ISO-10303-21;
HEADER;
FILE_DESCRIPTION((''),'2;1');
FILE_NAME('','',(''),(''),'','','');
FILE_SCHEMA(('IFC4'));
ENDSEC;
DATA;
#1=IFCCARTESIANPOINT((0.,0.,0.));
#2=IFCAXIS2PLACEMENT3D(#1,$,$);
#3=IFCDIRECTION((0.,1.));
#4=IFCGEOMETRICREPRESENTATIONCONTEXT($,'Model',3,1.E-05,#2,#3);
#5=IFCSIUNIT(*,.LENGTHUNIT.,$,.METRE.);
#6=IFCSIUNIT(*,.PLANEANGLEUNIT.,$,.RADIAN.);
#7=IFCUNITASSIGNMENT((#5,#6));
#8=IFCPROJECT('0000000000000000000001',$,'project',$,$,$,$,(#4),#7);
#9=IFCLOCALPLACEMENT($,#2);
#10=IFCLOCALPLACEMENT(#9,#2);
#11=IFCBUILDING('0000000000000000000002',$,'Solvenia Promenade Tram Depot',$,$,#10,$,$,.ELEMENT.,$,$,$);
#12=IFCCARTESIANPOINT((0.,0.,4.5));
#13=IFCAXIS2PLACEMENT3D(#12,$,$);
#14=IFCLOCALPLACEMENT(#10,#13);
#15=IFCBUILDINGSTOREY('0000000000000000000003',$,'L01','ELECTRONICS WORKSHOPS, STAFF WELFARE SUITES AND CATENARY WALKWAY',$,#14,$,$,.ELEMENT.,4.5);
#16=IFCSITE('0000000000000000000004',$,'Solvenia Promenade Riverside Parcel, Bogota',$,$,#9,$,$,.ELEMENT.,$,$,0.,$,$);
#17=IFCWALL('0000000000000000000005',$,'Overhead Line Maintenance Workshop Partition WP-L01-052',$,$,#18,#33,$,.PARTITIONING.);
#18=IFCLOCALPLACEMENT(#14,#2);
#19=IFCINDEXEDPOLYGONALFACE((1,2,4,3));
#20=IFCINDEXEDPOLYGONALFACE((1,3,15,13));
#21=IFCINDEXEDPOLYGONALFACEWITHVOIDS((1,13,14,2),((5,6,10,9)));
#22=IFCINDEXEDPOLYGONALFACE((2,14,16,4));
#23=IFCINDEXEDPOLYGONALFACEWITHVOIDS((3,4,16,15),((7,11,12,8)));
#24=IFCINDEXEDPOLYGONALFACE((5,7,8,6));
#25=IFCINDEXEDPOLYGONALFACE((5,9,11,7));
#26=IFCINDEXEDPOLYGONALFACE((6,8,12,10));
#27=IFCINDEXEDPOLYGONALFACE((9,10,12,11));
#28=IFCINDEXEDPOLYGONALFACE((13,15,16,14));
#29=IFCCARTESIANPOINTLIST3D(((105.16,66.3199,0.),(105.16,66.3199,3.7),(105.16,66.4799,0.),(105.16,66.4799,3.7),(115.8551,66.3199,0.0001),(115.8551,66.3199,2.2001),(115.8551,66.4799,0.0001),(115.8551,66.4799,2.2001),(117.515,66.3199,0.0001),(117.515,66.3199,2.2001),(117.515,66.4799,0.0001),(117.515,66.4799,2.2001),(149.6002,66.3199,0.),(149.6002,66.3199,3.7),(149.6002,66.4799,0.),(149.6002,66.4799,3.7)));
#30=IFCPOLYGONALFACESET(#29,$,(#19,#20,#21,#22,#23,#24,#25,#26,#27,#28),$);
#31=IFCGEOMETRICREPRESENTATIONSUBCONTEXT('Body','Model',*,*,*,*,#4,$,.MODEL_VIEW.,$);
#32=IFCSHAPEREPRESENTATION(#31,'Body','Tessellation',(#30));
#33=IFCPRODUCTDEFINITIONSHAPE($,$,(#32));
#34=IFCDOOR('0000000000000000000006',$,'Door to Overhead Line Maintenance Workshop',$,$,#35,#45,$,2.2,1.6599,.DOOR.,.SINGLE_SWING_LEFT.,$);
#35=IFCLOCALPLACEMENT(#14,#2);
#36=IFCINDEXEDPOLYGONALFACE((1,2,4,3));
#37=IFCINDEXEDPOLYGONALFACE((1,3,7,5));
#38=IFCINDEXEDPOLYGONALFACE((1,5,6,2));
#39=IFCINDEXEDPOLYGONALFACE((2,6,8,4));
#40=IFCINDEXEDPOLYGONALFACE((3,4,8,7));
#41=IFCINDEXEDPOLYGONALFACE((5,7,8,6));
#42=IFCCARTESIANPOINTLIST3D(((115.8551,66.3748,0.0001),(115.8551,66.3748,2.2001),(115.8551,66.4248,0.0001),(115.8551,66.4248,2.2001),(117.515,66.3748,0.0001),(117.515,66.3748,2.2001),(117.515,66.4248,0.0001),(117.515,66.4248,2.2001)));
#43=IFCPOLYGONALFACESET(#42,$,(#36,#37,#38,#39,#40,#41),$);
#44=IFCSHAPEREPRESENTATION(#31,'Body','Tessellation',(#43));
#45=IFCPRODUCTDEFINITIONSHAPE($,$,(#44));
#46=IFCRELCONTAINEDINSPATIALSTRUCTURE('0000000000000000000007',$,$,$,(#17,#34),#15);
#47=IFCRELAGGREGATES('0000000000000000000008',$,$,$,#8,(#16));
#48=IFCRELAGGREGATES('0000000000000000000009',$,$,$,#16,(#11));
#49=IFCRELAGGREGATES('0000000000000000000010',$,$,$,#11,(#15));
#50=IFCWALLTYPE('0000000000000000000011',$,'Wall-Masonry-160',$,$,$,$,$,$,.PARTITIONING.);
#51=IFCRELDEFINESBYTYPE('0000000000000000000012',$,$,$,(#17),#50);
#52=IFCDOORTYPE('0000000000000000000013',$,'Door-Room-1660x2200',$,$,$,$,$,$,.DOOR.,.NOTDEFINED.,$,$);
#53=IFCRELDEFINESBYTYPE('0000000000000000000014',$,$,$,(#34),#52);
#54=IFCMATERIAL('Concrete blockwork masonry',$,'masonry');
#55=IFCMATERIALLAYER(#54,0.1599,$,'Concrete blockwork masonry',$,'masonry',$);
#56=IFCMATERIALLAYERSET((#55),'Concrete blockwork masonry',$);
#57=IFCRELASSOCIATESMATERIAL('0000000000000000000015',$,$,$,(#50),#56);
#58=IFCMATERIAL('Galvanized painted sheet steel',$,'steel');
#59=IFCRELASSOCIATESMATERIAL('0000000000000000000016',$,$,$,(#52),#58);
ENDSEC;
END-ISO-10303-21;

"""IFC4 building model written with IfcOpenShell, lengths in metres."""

from ifc_helpers import new_model, si_unit, direction, frame, frame_2d, origin, place, context, subcontext, project, spatial, rectangle, extrude, material, layer, layer_set, type_object, element, fill, save


model = new_model("IFC4")

# Units and contexts
model_context = context("Model", 3, precision=1e-05, world=origin(), true_north=direction((0.0, 1.0)))
body_context = subcontext(model_context, "Body", "Model", "MODEL_VIEW")
ifc_project = project(units=[si_unit("LENGTHUNIT", "METRE"), si_unit("PLANEANGLEUNIT", "RADIAN")], contexts=[model_context])

# Site, building, storey
site_placement = place(None, origin())
site = spatial("IfcSite", under=ifc_project, at=site_placement, Name="Solvenia Promenade Riverside Parcel, Bogota", CompositionType="ELEMENT", RefElevation=0.0)
building_placement = place(site_placement, origin())
building = spatial("IfcBuilding", under=site, at=building_placement, Name="Solvenia Promenade Tram Depot", CompositionType="ELEMENT")
storey_placement = place(building_placement, frame((0.0, 0.0, 4.5)))
storey = spatial("IfcBuildingStorey", under=building, at=storey_placement, Name="L01", Description="ELECTRONICS WORKSHOPS, STAFF WELFARE SUITES AND CATENARY WALKWAY", CompositionType="ELEMENT", Elevation=4.5)

# Shared definitions
ifc_material_1 = material(Name="Concrete blockwork masonry", Category="masonry")
ifc_layer = layer(ifc_material_1, 0.1599, Name="Concrete blockwork masonry", Category="masonry")
ifc_layer_set = layer_set([ifc_layer], Name="Concrete blockwork masonry")
wall_type = type_object("IfcWallType", Name="Wall-Masonry-160", PredefinedType="PARTITIONING", material=ifc_layer_set)

# Wall, opening, door
wall_1_placement = place(storey_placement, frame((105.1599, 66.3999, 0.0), z_axis=(0.0, 0.0, 1.0), x_axis=(1.0, 0.0, 0.0)))
wall_1 = element("IfcWall", 1, at=wall_1_placement, inside=storey, type_object=wall_type, Name="Overhead Line Maintenance Workshop Partition WP-L01-052", PredefinedType="PARTITIONING", context=body_context, shape_type="SweptSolid", body=[
    extrude(rectangle(XDim=44.4402, YDim=0.1599, at=frame_2d((22.2202, 0.0))), origin(), (0.0, 0.0, 1.0), 3.7),
])
opening_placement = place(wall_1_placement, frame((10.6951, 0.0, 0.0)))
opening = element("IfcOpeningElement", 2, at=opening_placement, cuts=wall_1, PredefinedType="OPENING", context=body_context, shape_type="SweptSolid", body=[
    extrude(rectangle(XDim=1.6599, YDim=2.2, at=frame_2d((0.8301, 1.1001))), frame((0.0, 0.0898, 0.0), z_axis=(0.0, -1.0, 0.0), x_axis=(1.0, 0.0, 0.0)), (0.0, 0.0, 1.0), 0.1799),
])
ifc_material_2 = material(Name="Galvanized painted sheet steel", Category="steel")
door_type = type_object("IfcDoorType", Name="Door-Room-1660x2200", OperationType="NOTDEFINED", PredefinedType="DOOR", material=ifc_material_2)
door_placement = place(opening_placement, origin())
door = element("IfcDoor", 3, at=door_placement, inside=storey, type_object=door_type, Name="Door to Overhead Line Maintenance Workshop", OperationType="SINGLE_SWING_LEFT", OverallHeight=2.2, OverallWidth=1.6599, PredefinedType="DOOR", context=body_context, shape_type="SweptSolid", body=[
    extrude(rectangle(XDim=1.6599, YDim=2.2, at=frame_2d((0.8301, 1.1001))), frame((0.0, 0.0249, 0.0), z_axis=(0.0, -1.0, 0.0), x_axis=(1.0, 0.0, 0.0)), (0.0, 0.0, 1.0), 0.05),
])
fill(opening, door)

save(model, "model.ifc")
